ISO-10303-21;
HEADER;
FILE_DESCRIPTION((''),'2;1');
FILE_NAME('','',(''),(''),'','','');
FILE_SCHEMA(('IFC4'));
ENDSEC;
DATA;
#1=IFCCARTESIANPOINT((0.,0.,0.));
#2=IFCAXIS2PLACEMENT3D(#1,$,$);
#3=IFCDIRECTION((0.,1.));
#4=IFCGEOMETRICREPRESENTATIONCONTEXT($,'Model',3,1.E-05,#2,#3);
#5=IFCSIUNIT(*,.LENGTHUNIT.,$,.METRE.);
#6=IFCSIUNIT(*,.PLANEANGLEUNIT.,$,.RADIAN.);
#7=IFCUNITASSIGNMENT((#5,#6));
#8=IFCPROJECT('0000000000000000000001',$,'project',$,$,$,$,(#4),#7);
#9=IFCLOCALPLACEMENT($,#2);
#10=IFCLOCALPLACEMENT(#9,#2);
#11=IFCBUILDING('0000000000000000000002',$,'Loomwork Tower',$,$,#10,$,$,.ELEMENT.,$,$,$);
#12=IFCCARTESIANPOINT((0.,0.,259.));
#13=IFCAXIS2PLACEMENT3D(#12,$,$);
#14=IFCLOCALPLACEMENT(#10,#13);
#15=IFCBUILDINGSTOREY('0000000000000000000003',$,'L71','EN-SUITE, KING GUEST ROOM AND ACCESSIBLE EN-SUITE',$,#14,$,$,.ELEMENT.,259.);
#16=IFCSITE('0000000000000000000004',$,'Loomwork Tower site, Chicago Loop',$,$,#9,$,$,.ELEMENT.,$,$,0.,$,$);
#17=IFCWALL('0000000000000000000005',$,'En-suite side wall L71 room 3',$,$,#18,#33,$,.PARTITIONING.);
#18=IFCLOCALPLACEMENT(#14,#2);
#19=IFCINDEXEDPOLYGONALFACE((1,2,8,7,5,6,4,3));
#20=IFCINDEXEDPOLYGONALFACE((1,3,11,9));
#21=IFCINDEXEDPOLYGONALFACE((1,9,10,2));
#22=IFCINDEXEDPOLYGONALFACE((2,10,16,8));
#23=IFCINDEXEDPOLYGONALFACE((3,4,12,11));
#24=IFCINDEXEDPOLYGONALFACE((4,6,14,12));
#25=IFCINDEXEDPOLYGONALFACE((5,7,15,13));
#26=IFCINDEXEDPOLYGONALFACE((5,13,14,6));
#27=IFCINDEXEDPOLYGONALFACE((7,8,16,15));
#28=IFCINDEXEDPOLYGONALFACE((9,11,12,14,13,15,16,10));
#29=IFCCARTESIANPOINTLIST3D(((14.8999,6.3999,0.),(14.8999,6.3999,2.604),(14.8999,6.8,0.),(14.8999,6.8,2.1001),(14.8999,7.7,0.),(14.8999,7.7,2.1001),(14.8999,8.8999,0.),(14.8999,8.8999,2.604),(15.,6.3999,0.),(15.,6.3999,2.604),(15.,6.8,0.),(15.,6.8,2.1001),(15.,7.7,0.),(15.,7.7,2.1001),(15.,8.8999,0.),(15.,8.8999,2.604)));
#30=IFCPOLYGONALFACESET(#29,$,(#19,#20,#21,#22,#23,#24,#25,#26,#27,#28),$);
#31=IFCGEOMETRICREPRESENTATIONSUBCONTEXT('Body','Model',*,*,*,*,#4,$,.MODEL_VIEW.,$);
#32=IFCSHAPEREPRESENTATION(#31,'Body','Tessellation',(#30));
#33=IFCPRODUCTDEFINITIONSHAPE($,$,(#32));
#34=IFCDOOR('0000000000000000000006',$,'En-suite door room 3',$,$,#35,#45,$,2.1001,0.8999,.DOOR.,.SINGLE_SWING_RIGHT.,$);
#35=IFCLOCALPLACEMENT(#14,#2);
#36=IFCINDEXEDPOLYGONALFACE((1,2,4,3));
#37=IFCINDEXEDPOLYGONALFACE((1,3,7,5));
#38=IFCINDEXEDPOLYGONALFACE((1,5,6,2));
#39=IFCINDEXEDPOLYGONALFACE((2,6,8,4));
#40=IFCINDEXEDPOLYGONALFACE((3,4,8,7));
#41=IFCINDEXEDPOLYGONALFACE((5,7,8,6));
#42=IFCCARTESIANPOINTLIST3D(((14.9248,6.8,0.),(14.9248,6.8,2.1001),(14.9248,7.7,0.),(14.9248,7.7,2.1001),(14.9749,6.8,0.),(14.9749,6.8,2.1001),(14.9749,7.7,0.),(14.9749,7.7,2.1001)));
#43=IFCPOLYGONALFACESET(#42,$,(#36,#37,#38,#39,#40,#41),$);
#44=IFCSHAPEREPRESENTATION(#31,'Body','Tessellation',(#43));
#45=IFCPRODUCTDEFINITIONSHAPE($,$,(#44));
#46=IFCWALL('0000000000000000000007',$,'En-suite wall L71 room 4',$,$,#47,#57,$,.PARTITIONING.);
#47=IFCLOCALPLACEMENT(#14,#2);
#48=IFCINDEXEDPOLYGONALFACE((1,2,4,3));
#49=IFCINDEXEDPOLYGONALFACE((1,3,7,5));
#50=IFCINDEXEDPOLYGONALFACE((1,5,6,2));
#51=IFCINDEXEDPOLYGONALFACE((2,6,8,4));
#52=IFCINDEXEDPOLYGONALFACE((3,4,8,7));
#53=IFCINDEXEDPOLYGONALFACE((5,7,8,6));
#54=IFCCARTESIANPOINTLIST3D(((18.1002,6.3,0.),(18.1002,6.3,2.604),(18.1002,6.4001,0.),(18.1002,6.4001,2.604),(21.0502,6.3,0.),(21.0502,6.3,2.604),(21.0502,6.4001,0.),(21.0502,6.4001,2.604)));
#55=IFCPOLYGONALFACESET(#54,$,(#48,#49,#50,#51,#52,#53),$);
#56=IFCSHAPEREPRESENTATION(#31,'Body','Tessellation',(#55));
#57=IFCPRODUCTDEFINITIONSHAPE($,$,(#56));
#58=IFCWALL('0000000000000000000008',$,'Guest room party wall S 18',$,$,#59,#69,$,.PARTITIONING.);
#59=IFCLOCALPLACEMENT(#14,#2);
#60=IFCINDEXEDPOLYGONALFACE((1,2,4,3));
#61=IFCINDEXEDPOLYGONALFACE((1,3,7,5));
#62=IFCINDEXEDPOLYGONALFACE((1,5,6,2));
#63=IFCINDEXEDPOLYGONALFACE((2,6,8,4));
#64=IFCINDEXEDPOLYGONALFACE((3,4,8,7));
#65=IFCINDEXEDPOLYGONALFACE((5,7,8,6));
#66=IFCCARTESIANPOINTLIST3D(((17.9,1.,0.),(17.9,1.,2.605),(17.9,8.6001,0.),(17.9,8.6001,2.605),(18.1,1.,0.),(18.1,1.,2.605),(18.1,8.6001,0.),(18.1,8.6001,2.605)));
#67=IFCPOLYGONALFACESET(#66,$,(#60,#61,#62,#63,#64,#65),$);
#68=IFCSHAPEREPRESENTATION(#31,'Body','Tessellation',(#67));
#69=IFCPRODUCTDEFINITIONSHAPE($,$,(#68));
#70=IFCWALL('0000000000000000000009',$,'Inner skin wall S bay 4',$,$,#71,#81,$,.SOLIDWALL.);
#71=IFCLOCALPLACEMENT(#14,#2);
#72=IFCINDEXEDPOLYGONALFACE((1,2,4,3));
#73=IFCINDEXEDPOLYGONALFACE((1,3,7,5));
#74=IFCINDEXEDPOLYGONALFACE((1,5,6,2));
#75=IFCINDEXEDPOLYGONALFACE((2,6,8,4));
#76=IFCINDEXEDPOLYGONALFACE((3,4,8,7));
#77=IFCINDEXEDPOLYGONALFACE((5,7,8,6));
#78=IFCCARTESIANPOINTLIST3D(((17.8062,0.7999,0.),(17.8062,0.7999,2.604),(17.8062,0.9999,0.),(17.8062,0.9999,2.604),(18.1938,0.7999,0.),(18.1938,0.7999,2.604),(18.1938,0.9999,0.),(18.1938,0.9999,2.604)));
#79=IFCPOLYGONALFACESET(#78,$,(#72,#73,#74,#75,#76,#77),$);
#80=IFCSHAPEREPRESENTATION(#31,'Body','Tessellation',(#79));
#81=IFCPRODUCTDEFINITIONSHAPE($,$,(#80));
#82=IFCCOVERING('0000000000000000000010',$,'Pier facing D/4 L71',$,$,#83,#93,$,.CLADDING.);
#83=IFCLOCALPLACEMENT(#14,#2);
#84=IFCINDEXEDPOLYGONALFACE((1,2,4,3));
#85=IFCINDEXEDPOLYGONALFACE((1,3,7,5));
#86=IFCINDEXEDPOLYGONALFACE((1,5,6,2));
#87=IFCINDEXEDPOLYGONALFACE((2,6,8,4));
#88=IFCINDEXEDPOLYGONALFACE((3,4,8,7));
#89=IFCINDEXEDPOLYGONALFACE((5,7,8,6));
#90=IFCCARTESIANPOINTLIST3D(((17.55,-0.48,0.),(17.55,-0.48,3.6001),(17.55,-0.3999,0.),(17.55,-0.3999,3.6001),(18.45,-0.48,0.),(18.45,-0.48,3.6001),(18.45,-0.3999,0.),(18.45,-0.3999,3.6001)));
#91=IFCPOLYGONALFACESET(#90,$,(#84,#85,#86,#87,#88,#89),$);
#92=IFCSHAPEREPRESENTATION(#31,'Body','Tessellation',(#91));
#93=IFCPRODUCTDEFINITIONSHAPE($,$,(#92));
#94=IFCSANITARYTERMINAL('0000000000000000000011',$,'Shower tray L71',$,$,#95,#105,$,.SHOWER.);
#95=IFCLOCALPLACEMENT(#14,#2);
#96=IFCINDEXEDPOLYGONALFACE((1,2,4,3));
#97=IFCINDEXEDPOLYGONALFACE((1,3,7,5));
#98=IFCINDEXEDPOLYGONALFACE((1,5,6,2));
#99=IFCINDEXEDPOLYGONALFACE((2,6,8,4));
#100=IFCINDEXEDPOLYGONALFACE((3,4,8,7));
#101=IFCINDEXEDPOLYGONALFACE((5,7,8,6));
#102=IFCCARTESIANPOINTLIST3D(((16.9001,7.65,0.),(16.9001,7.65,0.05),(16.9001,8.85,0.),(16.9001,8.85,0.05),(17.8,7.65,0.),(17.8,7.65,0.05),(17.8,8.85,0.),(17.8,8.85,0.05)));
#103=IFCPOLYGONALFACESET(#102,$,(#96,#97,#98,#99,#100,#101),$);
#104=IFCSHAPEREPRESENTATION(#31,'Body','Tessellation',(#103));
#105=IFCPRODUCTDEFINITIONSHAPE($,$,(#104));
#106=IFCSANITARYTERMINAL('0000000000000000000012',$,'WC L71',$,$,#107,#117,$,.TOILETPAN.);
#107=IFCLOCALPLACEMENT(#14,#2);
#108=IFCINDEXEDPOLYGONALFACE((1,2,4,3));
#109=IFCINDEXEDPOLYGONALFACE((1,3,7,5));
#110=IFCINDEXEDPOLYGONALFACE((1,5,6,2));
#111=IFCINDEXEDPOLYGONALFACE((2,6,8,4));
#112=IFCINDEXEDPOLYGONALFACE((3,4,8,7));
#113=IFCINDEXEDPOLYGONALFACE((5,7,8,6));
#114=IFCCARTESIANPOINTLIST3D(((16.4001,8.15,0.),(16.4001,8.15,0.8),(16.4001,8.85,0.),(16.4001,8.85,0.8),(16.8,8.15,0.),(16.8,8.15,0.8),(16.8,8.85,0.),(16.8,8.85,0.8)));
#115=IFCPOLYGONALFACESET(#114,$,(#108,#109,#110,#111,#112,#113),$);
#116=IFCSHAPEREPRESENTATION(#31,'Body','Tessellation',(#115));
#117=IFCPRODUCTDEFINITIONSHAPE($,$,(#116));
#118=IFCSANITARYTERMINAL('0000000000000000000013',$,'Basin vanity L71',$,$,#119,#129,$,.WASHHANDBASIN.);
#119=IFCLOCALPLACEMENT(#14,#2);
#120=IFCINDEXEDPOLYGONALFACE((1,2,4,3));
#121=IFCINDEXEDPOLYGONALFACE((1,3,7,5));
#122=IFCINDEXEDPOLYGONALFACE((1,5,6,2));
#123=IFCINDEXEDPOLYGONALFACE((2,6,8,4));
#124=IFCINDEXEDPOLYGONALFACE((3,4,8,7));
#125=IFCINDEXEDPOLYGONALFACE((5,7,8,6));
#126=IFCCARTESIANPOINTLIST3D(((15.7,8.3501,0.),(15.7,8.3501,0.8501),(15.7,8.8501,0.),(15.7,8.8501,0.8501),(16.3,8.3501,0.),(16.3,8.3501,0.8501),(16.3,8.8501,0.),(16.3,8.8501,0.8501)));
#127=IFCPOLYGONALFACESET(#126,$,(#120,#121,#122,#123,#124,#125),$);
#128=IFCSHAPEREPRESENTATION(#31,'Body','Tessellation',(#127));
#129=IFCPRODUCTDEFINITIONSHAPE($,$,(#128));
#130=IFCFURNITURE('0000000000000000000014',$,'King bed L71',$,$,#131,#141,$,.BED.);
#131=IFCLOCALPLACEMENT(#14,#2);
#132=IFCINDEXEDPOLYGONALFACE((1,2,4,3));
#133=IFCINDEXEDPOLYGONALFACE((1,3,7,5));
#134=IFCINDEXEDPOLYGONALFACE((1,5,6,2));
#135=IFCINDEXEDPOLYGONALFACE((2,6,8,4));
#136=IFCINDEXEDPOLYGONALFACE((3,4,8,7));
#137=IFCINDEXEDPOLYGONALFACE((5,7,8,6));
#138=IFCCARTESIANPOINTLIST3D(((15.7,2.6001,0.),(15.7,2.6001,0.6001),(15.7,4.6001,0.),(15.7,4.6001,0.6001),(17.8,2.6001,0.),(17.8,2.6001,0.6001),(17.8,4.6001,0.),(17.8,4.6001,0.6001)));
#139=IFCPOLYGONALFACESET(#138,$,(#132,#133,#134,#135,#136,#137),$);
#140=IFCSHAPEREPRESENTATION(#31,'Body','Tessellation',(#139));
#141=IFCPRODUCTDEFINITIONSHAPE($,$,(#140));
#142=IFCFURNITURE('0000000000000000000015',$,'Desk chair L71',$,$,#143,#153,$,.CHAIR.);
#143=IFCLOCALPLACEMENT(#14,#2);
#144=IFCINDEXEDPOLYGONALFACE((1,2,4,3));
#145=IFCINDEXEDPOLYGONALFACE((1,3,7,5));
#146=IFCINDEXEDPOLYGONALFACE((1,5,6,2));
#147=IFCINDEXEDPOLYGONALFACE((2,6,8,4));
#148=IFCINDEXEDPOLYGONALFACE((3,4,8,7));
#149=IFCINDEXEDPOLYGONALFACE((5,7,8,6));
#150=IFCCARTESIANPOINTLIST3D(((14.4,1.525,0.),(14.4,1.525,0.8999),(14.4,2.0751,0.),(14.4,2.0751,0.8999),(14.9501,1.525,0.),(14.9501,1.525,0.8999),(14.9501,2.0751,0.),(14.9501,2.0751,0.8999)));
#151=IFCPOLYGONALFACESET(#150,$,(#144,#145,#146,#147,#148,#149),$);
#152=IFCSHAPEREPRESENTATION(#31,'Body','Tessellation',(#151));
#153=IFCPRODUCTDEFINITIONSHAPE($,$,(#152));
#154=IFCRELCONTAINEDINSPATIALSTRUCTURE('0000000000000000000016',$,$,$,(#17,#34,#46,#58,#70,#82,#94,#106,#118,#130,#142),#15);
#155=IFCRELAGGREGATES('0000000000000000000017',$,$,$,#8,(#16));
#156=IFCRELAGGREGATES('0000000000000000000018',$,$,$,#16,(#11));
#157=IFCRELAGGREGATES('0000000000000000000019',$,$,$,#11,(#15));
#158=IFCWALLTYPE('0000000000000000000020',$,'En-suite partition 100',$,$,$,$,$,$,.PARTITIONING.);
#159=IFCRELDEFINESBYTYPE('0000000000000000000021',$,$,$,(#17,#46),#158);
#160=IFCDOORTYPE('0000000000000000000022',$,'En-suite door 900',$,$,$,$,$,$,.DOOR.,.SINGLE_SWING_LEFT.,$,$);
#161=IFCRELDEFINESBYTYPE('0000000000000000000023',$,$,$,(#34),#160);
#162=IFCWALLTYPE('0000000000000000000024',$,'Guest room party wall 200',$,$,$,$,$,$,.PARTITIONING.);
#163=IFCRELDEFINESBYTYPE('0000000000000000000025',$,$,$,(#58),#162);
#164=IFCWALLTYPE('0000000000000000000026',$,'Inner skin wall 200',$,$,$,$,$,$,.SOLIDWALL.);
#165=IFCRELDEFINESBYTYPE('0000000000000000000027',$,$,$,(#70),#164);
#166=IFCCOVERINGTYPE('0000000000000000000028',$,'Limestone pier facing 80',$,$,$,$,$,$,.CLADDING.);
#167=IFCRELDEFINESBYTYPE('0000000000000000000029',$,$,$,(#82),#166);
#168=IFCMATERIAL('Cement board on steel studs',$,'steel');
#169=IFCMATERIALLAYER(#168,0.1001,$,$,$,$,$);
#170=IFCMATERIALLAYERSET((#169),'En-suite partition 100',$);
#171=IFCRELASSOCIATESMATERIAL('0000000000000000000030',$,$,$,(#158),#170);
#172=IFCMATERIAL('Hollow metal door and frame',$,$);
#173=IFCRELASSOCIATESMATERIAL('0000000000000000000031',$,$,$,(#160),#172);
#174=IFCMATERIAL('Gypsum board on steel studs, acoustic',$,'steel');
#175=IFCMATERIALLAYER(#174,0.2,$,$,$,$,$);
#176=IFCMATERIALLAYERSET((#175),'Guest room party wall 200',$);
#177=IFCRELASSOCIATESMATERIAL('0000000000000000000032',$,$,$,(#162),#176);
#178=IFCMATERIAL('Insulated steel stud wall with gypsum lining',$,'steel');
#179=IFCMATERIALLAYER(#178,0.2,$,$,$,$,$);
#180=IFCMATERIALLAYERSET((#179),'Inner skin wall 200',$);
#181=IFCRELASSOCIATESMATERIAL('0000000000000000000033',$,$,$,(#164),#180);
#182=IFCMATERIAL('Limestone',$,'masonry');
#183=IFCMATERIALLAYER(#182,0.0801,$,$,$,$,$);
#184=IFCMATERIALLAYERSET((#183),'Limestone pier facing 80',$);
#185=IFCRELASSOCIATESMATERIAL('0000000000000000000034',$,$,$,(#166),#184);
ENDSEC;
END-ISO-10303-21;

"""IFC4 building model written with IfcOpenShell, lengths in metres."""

from ifc_helpers import new_model, si_unit, direction, frame, frame_2d, origin, origin_2d, place, context, subcontext, project, spatial, rectangle, extrude, material, layer, layer_set, type_object, element, fill, save


model = new_model("IFC4")

# Units and contexts
model_context = context("Model", 3, precision=1e-05, world=origin(), true_north=direction((0.0, 1.0)))
body_context = subcontext(model_context, "Body", "Model", "MODEL_VIEW")
ifc_project = project(units=[si_unit("LENGTHUNIT", "METRE"), si_unit("PLANEANGLEUNIT", "RADIAN")], contexts=[model_context])

# Site, building, storey
site_placement = place(None, origin())
site = spatial("IfcSite", under=ifc_project, at=site_placement, Name="Loomwork Tower site, Chicago Loop", CompositionType="ELEMENT", RefElevation=0.0)
building_placement = place(site_placement, origin())
building = spatial("IfcBuilding", under=site, at=building_placement, Name="Loomwork Tower", CompositionType="ELEMENT")
storey_placement = place(building_placement, frame((0.0, 0.0, 259.0)))
storey = spatial("IfcBuildingStorey", under=building, at=storey_placement, Name="L71", Description="EN-SUITE, KING GUEST ROOM AND ACCESSIBLE EN-SUITE", CompositionType="ELEMENT", Elevation=259.0)

# Shared definitions
ifc_material_1 = material(Name="Cement board on steel studs", Category="steel")
ifc_layer_1 = layer(ifc_material_1, 0.1001)
ifc_layer_set_1 = layer_set([ifc_layer_1], Name="En-suite partition 100")
wall_type_1 = type_object("IfcWallType", Name="En-suite partition 100", PredefinedType="PARTITIONING", material=ifc_layer_set_1)

# Wall, opening, door
wall_1_placement = place(storey_placement, frame((14.95, 8.8999, 0.0), z_axis=(0.0, 0.0, 1.0), x_axis=(0.0, -1.0, 0.0)))
wall_1 = element("IfcWall", 1, at=wall_1_placement, inside=storey, type_object=wall_type_1, Name="En-suite side wall L71 room 3", PredefinedType="PARTITIONING", context=body_context, shape_type="SweptSolid", body=[
    extrude(rectangle(XDim=2.5, YDim=0.1001, at=frame_2d((1.25, 0.0))), origin(), (0.0, 0.0, 1.0), 2.604),
])
opening_placement = place(wall_1_placement, frame((1.2, 0.0, 0.0)))
opening = element("IfcOpeningElement", 2, at=opening_placement, cuts=wall_1, PredefinedType="OPENING", context=body_context, shape_type="SweptSolid", body=[
    extrude(rectangle(XDim=0.8999, YDim=2.1001, at=frame_2d((0.45, 1.05))), frame((0.0, 0.0601, 0.0), z_axis=(0.0, -1.0, 0.0), x_axis=(1.0, 0.0, 0.0)), (0.0, 0.0, 1.0), 0.1201),
])
ifc_material_2 = material(Name="Hollow metal door and frame")
door_type = type_object("IfcDoorType", Name="En-suite door 900", OperationType="SINGLE_SWING_LEFT", PredefinedType="DOOR", material=ifc_material_2)
door_placement = place(opening_placement, origin())
door = element("IfcDoor", 3, at=door_placement, inside=storey, type_object=door_type, Name="En-suite door room 3", OperationType="SINGLE_SWING_RIGHT", OverallHeight=2.1001, OverallWidth=0.8999, PredefinedType="DOOR", context=body_context, shape_type="SweptSolid", body=[
    extrude(rectangle(XDim=0.8999, YDim=2.1001, at=frame_2d((0.45, 1.05))), frame((0.0, 0.0249, 0.0), z_axis=(0.0, -1.0, 0.0), x_axis=(1.0, 0.0, 0.0)), (0.0, 0.0, 1.0), 0.05),
])
fill(opening, door)

# Walls
wall_2_placement = place(storey_placement, frame((18.1001, 6.3501, 0.0), z_axis=(0.0, 0.0, 1.0), x_axis=(1.0, 0.0, 0.0)))
element("IfcWall", 4, at=wall_2_placement, inside=storey, type_object=wall_type_1, Name="En-suite wall L71 room 4", PredefinedType="PARTITIONING", context=body_context, shape_type="SweptSolid", body=[
    extrude(rectangle(XDim=2.95, YDim=0.1001, at=frame_2d((1.4751, 0.0))), origin(), (0.0, 0.0, 1.0), 2.604),
])
ifc_material_3 = material(Name="Gypsum board on steel studs, acoustic", Category="steel")
ifc_layer_2 = layer(ifc_material_3, 0.2)
ifc_layer_set_2 = layer_set([ifc_layer_2], Name="Guest room party wall 200")
wall_type_2 = type_object("IfcWallType", Name="Guest room party wall 200", PredefinedType="PARTITIONING", material=ifc_layer_set_2)
wall_3_placement = place(storey_placement, frame((18.0, 8.6001, 0.0), z_axis=(0.0, 0.0, 1.0), x_axis=(0.0, -1.0, 0.0)))
element("IfcWall", 5, at=wall_3_placement, inside=storey, type_object=wall_type_2, Name="Guest room party wall S 18", PredefinedType="PARTITIONING", context=body_context, shape_type="SweptSolid", body=[
    extrude(rectangle(XDim=7.6001, YDim=0.2, at=frame_2d((3.8, 0.0))), origin(), (0.0, 0.0, 1.0), 2.605),
])
ifc_material_4 = material(Name="Insulated steel stud wall with gypsum lining", Category="steel")
ifc_layer_3 = layer(ifc_material_4, 0.2)
ifc_layer_set_3 = layer_set([ifc_layer_3], Name="Inner skin wall 200")
wall_type_3 = type_object("IfcWallType", Name="Inner skin wall 200", PredefinedType="SOLIDWALL", material=ifc_layer_set_3)
wall_4_placement = place(storey_placement, frame((17.8062, 0.8999, 0.0), z_axis=(0.0, 0.0, 1.0), x_axis=(1.0, 0.0, 0.0)))
element("IfcWall", 6, at=wall_4_placement, inside=storey, type_object=wall_type_3, Name="Inner skin wall S bay 4", PredefinedType="SOLIDWALL", context=body_context, shape_type="SweptSolid", body=[
    extrude(rectangle(XDim=0.3877, YDim=0.2, at=frame_2d((0.1938, 0.0))), origin(), (0.0, 0.0, 1.0), 2.604),
])

# Covering
ifc_material_5 = material(Name="Limestone", Category="masonry")
ifc_layer_4 = layer(ifc_material_5, 0.0801)
ifc_layer_set_4 = layer_set([ifc_layer_4], Name="Limestone pier facing 80")
covering_type = type_object("IfcCoveringType", Name="Limestone pier facing 80", PredefinedType="CLADDING", material=ifc_layer_set_4)
covering_placement = place(storey_placement, frame((18.0, -0.4399, 0.0), z_axis=(0.0, 0.0, 1.0), x_axis=(1.0, 0.0, 0.0)))
element("IfcCovering", 7, at=covering_placement, inside=storey, type_object=covering_type, Name="Pier facing D/4 L71", PredefinedType="CLADDING", context=body_context, shape_type="SweptSolid", body=[
    extrude(rectangle(XDim=0.8999, YDim=0.0801, at=origin_2d()), origin(), (0.0, 0.0, 1.0), 3.6001),
])

# Sanitary terminals
sanitary_terminal_1_placement = place(storey_placement, frame((17.3501, 8.25, 0.0), z_axis=(0.0, 0.0, 1.0), x_axis=(1.0, 0.0, 0.0)))
element("IfcSanitaryTerminal", 8, at=sanitary_terminal_1_placement, inside=storey, Name="Shower tray L71", PredefinedType="SHOWER", context=body_context, shape_type="SweptSolid", body=[
    extrude(rectangle(XDim=0.8999, YDim=1.2, at=origin_2d()), origin(), (0.0, 0.0, 1.0), 0.05),
])
sanitary_terminal_2_placement = place(storey_placement, frame((16.6001, 8.5, 0.0), z_axis=(0.0, 0.0, 1.0), x_axis=(1.0, 0.0, 0.0)))
element("IfcSanitaryTerminal", 9, at=sanitary_terminal_2_placement, inside=storey, Name="WC L71", PredefinedType="TOILETPAN", context=body_context, shape_type="SweptSolid", body=[
    extrude(rectangle(XDim=0.3999, YDim=0.7, at=origin_2d()), origin(), (0.0, 0.0, 1.0), 0.8),
])
sanitary_terminal_3_placement = place(storey_placement, frame((16.0, 8.6001, 0.0), z_axis=(0.0, 0.0, 1.0), x_axis=(1.0, 0.0, 0.0)))
element("IfcSanitaryTerminal", 10, at=sanitary_terminal_3_placement, inside=storey, Name="Basin vanity L71", PredefinedType="WASHHANDBASIN", context=body_context, shape_type="SweptSolid", body=[
    extrude(rectangle(XDim=0.6001, YDim=0.5, at=origin_2d()), origin(), (0.0, 0.0, 1.0), 0.8501),
])

# Furniture
furniture_1_placement = place(storey_placement, frame((16.75, 3.6001, 0.0), z_axis=(0.0, 0.0, 1.0), x_axis=(1.0, 0.0, 0.0)))
element("IfcFurniture", 11, at=furniture_1_placement, inside=storey, Name="King bed L71", PredefinedType="BED", context=body_context, shape_type="SweptSolid", body=[
    extrude(rectangle(XDim=2.1001, YDim=2.0, at=origin_2d()), origin(), (0.0, 0.0, 1.0), 0.6001),
])
furniture_2_placement = place(storey_placement, frame((14.675, 1.8, 0.0), z_axis=(0.0, 0.0, 1.0), x_axis=(1.0, 0.0, 0.0)))
element("IfcFurniture", 12, at=furniture_2_placement, inside=storey, Name="Desk chair L71", PredefinedType="CHAIR", context=body_context, shape_type="SweptSolid", body=[
    extrude(rectangle(XDim=0.55, YDim=0.55, at=origin_2d()), origin(), (0.0, 0.0, 1.0), 0.8999),
])

save(model, "model.ifc")
